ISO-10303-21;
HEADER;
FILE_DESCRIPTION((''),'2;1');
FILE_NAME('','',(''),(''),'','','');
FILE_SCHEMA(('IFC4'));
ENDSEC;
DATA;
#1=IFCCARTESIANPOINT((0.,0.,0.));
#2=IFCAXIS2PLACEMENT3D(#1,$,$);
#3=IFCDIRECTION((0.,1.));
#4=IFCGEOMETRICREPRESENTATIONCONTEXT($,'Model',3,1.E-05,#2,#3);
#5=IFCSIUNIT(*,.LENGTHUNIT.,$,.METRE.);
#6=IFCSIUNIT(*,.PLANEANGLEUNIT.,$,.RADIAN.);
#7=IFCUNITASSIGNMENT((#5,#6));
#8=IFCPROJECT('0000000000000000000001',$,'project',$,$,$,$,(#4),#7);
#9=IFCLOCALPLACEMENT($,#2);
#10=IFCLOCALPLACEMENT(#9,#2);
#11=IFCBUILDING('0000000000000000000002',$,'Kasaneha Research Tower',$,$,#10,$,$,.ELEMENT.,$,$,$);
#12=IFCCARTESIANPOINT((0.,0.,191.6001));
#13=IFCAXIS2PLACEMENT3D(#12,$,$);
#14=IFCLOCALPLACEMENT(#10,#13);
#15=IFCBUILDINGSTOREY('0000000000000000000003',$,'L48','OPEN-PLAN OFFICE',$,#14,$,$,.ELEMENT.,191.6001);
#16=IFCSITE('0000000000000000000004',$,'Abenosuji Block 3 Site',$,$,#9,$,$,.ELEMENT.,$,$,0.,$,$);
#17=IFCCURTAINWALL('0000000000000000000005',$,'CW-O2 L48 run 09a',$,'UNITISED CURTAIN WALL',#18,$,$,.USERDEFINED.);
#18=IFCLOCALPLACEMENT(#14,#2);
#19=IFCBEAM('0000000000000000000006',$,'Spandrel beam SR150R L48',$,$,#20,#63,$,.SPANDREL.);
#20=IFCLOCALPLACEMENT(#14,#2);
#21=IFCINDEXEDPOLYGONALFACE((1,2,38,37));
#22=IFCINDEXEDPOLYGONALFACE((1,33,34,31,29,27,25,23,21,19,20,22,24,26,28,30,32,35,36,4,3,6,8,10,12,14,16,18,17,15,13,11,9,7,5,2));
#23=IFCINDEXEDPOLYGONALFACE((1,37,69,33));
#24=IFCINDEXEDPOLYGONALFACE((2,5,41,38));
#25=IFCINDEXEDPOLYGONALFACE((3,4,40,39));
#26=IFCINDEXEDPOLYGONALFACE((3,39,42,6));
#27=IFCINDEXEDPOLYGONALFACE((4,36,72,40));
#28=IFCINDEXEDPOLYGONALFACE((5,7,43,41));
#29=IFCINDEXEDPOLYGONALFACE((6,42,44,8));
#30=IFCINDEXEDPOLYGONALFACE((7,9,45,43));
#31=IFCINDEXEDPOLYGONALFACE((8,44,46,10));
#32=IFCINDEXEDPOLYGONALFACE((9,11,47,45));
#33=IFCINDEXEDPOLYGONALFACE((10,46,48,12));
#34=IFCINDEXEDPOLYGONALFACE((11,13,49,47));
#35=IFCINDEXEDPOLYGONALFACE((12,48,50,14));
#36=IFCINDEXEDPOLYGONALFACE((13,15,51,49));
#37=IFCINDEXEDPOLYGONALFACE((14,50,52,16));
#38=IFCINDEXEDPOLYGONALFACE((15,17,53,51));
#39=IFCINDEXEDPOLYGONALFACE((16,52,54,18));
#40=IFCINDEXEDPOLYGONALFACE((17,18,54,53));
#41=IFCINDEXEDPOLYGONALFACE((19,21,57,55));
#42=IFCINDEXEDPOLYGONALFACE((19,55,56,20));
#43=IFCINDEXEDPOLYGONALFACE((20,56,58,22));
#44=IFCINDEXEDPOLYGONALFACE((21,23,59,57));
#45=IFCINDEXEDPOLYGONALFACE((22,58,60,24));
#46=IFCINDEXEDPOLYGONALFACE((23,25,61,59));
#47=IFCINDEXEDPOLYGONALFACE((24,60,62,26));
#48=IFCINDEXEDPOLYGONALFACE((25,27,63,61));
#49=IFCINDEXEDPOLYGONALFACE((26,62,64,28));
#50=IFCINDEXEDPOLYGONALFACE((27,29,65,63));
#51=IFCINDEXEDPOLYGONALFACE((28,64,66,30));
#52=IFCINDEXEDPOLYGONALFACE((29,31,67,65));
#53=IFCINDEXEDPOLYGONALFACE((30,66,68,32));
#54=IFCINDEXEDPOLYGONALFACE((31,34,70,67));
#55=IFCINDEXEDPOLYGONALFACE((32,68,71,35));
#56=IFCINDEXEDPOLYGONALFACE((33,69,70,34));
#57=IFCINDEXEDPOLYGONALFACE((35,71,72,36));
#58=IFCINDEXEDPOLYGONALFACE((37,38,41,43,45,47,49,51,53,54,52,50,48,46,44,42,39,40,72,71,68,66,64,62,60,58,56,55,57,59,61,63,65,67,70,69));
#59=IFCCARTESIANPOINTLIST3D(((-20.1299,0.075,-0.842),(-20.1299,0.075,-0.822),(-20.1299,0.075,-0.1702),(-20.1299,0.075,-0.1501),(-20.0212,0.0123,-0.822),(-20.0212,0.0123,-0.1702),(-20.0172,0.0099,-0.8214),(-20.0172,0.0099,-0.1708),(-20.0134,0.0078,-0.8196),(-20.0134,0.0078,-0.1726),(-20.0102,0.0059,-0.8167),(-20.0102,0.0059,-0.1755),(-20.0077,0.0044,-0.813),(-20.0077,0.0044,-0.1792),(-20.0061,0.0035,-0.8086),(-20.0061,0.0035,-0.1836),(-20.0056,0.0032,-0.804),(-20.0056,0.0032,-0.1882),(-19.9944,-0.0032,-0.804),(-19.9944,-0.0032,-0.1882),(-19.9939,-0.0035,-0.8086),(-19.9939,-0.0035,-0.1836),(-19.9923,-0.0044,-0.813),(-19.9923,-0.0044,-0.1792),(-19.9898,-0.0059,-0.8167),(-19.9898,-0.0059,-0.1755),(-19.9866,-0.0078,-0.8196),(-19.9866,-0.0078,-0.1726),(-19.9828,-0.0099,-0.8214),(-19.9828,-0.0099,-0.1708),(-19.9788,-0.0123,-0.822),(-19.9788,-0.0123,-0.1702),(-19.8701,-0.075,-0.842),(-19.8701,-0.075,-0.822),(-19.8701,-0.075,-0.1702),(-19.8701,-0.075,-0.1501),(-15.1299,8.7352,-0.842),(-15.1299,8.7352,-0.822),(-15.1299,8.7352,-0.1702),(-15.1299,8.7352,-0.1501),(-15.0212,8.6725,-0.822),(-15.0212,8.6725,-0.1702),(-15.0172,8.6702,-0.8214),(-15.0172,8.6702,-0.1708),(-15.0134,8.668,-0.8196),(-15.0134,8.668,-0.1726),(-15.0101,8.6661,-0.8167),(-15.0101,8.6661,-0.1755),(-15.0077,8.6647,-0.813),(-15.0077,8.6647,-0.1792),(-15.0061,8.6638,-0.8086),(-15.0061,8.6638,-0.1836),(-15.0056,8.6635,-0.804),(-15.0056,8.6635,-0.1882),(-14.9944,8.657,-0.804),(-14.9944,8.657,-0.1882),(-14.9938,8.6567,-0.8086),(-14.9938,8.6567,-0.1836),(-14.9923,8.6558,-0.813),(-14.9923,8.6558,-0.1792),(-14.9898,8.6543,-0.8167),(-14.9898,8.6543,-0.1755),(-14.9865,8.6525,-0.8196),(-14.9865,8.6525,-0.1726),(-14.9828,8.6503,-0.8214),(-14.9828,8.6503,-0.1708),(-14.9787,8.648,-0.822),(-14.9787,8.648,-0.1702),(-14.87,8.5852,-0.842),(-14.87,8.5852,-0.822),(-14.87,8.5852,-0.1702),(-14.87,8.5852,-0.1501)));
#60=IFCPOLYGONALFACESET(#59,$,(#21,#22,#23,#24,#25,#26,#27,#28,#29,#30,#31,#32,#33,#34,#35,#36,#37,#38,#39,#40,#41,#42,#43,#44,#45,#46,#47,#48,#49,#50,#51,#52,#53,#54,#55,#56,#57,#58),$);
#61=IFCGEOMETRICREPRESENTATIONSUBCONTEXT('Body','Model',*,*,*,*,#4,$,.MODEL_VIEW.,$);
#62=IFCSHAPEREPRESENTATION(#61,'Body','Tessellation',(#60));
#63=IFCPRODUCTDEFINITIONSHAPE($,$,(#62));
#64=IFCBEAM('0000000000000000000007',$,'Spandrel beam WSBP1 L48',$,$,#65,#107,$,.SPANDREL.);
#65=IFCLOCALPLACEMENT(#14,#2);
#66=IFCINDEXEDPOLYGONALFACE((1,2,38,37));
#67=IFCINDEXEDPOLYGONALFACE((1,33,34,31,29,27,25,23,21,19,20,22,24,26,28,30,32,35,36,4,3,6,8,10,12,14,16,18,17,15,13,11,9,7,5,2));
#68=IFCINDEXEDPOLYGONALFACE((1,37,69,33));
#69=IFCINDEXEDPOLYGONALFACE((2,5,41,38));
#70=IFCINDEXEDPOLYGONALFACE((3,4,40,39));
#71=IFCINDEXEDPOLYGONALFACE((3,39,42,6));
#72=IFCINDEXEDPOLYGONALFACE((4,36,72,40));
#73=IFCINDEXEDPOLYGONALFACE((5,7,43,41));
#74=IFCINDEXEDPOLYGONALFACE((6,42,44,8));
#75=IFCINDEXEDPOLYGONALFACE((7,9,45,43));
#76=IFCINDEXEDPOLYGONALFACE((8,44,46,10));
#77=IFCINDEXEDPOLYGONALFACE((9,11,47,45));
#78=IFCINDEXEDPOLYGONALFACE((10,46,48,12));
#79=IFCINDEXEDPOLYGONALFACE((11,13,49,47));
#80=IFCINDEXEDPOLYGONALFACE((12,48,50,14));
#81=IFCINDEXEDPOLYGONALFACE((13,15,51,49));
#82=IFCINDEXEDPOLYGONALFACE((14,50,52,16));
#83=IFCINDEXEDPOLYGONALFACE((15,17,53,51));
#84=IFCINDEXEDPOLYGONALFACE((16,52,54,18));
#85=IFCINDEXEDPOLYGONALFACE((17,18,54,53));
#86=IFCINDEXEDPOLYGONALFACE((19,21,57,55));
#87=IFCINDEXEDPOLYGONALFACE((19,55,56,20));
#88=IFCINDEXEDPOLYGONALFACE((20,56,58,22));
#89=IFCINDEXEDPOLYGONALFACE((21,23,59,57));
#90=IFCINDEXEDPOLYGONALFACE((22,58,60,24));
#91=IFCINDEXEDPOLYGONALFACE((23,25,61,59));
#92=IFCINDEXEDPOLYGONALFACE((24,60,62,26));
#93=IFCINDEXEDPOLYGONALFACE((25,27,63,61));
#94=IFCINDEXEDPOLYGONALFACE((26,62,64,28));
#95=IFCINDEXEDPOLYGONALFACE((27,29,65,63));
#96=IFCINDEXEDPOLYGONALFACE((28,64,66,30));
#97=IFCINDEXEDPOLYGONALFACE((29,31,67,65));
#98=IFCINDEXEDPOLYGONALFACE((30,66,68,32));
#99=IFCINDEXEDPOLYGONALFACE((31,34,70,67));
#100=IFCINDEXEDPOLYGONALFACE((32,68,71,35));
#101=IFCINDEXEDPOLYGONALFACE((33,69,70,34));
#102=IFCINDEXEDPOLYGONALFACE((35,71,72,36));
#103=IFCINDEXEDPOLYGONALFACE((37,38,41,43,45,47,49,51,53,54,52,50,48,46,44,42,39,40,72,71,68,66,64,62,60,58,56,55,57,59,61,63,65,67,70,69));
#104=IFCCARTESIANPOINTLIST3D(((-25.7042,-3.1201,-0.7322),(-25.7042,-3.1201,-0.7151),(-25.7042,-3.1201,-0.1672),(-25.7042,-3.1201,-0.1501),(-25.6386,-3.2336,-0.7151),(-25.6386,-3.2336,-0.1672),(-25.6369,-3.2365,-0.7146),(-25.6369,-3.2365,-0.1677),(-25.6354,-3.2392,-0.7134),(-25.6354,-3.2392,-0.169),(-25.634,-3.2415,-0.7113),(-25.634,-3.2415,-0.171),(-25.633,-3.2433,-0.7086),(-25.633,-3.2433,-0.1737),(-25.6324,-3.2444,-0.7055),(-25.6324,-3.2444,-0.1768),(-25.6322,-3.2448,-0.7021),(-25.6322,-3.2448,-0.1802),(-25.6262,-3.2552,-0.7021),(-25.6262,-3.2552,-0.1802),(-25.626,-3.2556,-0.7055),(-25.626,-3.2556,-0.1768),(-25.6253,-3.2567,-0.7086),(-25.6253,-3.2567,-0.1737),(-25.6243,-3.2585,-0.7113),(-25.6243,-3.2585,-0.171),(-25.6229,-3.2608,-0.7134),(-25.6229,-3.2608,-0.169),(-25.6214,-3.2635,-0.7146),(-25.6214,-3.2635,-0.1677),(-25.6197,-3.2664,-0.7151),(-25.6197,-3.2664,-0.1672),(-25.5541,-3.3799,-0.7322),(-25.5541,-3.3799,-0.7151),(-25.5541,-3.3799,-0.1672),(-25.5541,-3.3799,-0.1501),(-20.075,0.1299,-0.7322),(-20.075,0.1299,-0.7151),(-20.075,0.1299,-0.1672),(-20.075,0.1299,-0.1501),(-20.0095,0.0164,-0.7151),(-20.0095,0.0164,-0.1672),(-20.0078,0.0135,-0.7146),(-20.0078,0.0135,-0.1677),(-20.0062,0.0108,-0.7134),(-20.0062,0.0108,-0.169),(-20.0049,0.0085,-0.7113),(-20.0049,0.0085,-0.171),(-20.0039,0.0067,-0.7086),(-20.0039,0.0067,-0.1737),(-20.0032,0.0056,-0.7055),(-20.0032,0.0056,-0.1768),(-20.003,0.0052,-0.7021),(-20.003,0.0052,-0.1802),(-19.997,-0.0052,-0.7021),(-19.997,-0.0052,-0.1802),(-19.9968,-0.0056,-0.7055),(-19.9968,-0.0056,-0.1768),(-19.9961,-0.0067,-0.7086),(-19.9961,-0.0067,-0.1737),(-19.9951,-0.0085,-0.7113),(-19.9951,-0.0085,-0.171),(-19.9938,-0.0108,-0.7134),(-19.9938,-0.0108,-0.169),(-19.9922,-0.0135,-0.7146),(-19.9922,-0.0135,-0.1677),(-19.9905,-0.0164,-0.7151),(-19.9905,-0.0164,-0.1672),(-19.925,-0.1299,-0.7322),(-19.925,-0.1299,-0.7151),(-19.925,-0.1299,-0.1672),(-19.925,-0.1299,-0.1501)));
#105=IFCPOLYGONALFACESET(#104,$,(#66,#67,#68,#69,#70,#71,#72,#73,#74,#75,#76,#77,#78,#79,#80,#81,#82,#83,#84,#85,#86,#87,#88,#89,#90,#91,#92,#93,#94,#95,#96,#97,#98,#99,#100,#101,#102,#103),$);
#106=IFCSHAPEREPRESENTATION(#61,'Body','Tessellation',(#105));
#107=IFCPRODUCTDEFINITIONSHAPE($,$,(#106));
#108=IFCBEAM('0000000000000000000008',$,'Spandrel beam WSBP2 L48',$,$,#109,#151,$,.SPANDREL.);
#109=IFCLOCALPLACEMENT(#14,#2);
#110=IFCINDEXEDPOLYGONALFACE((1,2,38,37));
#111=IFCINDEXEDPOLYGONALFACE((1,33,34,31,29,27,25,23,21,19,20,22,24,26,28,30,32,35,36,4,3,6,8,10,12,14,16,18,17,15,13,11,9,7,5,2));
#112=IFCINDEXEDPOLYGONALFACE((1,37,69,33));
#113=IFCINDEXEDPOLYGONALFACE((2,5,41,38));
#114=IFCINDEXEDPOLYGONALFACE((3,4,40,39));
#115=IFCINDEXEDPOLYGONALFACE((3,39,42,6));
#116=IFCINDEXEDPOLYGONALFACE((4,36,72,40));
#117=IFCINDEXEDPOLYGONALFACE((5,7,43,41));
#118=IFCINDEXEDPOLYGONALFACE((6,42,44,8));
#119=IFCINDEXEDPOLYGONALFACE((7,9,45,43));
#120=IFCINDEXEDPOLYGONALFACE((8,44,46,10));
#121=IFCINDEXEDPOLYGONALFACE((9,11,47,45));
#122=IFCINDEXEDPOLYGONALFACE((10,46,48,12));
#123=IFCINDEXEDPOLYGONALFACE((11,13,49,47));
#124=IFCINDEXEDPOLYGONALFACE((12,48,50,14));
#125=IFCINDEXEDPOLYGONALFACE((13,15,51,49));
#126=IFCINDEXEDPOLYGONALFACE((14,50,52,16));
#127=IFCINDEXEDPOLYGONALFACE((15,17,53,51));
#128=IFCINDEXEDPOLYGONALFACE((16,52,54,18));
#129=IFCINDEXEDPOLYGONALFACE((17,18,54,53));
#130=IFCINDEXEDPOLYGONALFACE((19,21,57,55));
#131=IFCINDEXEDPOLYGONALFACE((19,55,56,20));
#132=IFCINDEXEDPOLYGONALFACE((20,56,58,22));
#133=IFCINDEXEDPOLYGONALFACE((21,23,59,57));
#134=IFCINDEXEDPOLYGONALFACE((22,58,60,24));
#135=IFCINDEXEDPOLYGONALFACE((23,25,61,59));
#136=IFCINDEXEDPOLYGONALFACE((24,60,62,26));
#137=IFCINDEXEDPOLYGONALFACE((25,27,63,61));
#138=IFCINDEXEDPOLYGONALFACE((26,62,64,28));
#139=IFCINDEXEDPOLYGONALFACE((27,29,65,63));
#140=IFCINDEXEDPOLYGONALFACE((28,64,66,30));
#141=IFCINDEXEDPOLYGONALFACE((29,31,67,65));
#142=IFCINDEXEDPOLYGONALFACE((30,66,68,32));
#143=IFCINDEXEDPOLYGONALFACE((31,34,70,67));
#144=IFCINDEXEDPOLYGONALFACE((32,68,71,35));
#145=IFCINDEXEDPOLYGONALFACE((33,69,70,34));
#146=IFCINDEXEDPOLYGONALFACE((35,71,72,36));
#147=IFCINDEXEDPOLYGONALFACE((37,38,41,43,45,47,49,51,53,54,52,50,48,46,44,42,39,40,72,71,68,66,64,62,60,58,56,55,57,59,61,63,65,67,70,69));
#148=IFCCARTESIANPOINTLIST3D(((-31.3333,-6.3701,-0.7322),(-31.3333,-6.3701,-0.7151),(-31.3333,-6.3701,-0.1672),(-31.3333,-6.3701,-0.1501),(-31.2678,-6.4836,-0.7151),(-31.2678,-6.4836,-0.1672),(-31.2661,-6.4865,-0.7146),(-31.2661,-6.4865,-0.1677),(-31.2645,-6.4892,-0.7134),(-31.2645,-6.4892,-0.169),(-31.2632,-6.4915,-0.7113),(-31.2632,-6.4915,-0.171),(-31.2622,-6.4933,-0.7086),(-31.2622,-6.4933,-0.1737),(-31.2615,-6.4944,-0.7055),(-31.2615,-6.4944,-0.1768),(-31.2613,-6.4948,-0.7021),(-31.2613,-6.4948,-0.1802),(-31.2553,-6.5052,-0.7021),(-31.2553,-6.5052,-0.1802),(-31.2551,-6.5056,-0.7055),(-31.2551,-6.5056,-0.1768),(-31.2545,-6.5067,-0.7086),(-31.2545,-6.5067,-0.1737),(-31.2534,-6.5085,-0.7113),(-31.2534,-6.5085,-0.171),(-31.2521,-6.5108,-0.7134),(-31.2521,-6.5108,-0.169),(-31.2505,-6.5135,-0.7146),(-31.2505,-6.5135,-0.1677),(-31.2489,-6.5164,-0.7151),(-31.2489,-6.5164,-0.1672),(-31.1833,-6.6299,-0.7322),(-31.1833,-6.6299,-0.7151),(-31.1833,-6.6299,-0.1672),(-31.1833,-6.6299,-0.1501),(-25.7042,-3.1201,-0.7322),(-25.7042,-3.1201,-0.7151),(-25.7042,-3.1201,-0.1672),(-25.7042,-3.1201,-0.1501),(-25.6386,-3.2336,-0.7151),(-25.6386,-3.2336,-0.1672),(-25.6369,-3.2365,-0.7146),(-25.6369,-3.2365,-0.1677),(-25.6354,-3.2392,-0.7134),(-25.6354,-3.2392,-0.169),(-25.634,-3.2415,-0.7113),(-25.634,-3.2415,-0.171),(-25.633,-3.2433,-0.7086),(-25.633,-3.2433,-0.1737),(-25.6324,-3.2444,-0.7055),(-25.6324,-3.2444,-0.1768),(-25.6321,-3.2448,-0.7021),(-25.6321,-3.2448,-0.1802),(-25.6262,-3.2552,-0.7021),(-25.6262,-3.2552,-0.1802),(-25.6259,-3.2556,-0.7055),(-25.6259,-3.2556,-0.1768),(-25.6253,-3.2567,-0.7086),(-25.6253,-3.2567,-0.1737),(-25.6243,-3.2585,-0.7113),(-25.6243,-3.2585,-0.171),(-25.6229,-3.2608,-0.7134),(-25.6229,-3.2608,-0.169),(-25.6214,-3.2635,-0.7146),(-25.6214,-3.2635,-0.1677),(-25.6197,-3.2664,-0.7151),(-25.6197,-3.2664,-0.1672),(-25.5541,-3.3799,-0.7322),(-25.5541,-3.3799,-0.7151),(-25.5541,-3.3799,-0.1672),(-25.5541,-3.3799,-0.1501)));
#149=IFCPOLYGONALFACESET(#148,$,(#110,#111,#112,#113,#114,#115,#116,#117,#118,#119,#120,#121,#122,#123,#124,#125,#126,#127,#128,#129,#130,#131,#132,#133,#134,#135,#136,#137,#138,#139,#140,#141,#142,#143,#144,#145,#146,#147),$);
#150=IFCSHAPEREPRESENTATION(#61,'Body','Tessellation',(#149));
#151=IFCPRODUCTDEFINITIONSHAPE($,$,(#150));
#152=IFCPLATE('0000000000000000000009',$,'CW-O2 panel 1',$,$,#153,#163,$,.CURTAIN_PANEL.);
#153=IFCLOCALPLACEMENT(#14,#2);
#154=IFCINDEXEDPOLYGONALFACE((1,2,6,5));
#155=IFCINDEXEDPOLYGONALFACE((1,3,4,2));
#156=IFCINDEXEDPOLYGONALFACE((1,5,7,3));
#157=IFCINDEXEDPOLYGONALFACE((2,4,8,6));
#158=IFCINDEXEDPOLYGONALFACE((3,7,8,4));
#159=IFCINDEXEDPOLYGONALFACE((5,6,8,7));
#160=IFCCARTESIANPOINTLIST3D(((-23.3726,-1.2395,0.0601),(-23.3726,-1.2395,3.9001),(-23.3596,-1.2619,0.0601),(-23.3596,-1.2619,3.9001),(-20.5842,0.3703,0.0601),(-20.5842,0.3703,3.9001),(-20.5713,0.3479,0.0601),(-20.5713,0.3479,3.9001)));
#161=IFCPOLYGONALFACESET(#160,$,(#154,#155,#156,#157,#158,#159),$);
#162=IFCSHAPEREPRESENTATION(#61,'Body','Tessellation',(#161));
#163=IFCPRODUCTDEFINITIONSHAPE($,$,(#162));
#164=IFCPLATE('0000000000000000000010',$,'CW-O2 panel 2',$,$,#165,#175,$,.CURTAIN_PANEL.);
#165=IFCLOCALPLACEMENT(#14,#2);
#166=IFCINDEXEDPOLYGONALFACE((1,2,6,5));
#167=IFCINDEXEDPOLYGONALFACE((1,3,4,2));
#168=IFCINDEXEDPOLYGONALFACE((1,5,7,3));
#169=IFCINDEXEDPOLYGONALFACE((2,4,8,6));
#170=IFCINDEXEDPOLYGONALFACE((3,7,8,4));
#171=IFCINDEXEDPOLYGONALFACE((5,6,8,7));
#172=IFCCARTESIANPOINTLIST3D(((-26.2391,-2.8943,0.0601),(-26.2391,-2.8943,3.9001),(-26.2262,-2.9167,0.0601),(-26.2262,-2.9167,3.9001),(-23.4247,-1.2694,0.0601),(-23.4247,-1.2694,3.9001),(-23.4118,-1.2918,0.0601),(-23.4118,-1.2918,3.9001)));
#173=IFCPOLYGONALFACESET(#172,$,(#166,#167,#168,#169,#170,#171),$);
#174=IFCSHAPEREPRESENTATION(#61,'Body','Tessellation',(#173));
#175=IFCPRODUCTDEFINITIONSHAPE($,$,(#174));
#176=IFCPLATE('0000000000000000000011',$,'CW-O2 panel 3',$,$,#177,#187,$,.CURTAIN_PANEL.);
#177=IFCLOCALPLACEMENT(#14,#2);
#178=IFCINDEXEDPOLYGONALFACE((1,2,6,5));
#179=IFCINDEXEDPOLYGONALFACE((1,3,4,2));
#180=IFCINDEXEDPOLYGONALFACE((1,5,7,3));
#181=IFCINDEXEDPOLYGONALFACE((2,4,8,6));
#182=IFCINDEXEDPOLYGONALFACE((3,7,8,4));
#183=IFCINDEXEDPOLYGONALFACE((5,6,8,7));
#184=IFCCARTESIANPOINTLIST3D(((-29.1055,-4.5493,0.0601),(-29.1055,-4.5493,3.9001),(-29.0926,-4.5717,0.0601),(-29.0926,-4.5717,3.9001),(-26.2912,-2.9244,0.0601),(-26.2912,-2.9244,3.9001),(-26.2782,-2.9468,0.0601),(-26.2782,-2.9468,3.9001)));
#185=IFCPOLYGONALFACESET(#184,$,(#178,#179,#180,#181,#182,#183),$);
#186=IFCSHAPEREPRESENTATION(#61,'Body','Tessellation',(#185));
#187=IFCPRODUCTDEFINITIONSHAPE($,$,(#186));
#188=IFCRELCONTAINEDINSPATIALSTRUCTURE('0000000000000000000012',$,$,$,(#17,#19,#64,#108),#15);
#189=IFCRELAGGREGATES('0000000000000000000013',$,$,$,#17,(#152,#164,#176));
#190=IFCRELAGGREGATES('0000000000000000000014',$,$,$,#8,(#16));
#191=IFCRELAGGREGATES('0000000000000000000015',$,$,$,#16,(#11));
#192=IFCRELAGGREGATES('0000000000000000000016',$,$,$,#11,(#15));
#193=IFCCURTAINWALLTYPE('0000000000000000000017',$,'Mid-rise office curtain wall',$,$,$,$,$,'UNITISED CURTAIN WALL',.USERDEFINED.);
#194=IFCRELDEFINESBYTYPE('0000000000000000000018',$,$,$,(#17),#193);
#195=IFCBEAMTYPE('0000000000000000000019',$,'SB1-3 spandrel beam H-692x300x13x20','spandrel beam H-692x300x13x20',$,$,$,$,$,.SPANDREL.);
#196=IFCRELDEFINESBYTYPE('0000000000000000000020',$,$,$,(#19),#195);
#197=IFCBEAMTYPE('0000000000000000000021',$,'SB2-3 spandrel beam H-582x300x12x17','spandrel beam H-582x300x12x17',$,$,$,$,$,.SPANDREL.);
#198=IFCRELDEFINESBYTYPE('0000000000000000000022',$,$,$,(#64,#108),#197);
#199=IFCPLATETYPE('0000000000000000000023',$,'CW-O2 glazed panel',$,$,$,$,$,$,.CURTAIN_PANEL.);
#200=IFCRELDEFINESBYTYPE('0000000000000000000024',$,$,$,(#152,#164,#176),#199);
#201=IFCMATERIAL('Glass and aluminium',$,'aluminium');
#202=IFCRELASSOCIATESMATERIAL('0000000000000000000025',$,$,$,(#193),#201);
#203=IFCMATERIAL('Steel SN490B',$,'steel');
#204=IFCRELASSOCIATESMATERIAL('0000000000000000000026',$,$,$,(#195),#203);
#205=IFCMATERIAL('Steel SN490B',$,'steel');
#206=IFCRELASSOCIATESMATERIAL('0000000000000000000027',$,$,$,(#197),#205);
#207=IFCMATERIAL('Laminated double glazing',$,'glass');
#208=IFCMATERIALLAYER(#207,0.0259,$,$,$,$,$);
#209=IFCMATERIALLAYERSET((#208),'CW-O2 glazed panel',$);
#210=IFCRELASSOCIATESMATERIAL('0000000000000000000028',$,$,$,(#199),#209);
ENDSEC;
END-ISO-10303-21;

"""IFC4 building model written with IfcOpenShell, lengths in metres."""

from ifc_helpers import new_model, si_unit, direction, frame, origin, origin_2d, place, context, subcontext, project, spatial, rectangle, i_section, extrude, material, layer, layer_set, material_profile, profile_set, type_object, element, aggregate, save


model = new_model("IFC4")

# Units and contexts
model_context = context("Model", 3, precision=1e-05, world=origin(), true_north=direction((0.0, 1.0)))
body_context = subcontext(model_context, "Body", "Model", "MODEL_VIEW")
ifc_project = project(units=[si_unit("LENGTHUNIT", "METRE"), si_unit("PLANEANGLEUNIT", "RADIAN")], contexts=[model_context])

# Site, building, storey
site_placement = place(None, origin())
site = spatial("IfcSite", under=ifc_project, at=site_placement, Name="Abenosuji Block 3 Site", CompositionType="ELEMENT", RefElevation=0.0)
building_placement = place(site_placement, origin())
building = spatial("IfcBuilding", under=site, at=building_placement, Name="Kasaneha Research Tower", CompositionType="ELEMENT")
storey_placement = place(building_placement, frame((0.0, 0.0, 191.6001)))
storey = spatial("IfcBuildingStorey", under=building, at=storey_placement, Name="L48", Description="OPEN-PLAN OFFICE", CompositionType="ELEMENT", Elevation=191.6001)

# Shared definitions
ifc_material_1 = material(Name="Glass and aluminium", Category="aluminium")
curtain_wall_type = type_object("IfcCurtainWallType", Name="Mid-rise office curtain wall", ElementType="UNITISED CURTAIN WALL", PredefinedType="USERDEFINED", material=ifc_material_1)

# Curtain wall
curtain_wall_1_placement = place(storey_placement, origin())
curtain_wall_1 = element("IfcCurtainWall", 1, at=curtain_wall_1_placement, inside=storey, type_object=curtain_wall_type, Name="CW-O2 L48 run 09a", ObjectType="UNITISED CURTAIN WALL", PredefinedType="USERDEFINED")

# Beams
ifc_material_2 = material(Name="Steel SN490B", Category="steel")
ifc_material_profile_1 = material_profile(ifc_material_2, i_section(OverallWidth=0.3, OverallDepth=0.6919, WebThickness=0.0129, FlangeThickness=0.02, FilletRadius=0.0181, at=origin_2d()), Name="H-692x300x13x20")
ifc_profile_set_1 = profile_set([ifc_material_profile_1], Name="Steel SN490B")
beam_type_1 = type_object("IfcBeamType", Name="SB1-3 spandrel beam H-692x300x13x20", Description="spandrel beam H-692x300x13x20", PredefinedType="SPANDREL", material=ifc_profile_set_1)
beam_1_placement = place(storey_placement, frame((-20.0, 0.0, -0.4961), z_axis=(0.500004, 0.866023, 0.0), x_axis=(-0.866023, 0.500004, 0.0)))
element("IfcBeam", 2, at=beam_1_placement, inside=storey, type_object=beam_type_1, Name="Spandrel beam SR150R L48", PredefinedType="SPANDREL", context=body_context, shape_type="SweptSolid", body=[
    extrude(i_section(OverallWidth=0.3, OverallDepth=0.6919, WebThickness=0.0129, FlangeThickness=0.02, FilletRadius=0.0181, at=origin_2d()), origin(), (0.0, 0.0, 1.0), 10.0),
])
ifc_material_3 = material(Name="Steel SN490B", Category="steel")
ifc_material_profile_2 = material_profile(ifc_material_3, i_section(OverallWidth=0.3, OverallDepth=0.582, WebThickness=0.012, FlangeThickness=0.0171, FilletRadius=0.0129, at=origin_2d()), Name="H-582x300x12x17")
ifc_profile_set_2 = profile_set([ifc_material_profile_2], Name="Steel SN490B")
beam_type_2 = type_object("IfcBeamType", Name="SB2-3 spandrel beam H-582x300x12x17", Description="spandrel beam H-582x300x12x17", PredefinedType="SPANDREL", material=ifc_profile_set_2)
for number, where, z_axis, x_axis, name in (
    (3, (-20.0, 0.0, -0.4412), (-0.866025, -0.500001, 0.0), (0.500001, -0.866025, 0.0), "Spandrel beam WSBP1 L48"),
    (4, (-25.6292, -3.25, -0.4412), (-0.866025, -0.500001, 0.0), (0.500001, -0.866025, 0.0), "Spandrel beam WSBP2 L48"),
):
    element("IfcBeam", number, at=place(storey_placement, frame(where, z_axis=z_axis, x_axis=x_axis)), inside=storey, type_object=beam_type_2, Name=name, PredefinedType="SPANDREL", context=body_context, shape_type="SweptSolid", body=[
        extrude(i_section(OverallWidth=0.3, OverallDepth=0.582, WebThickness=0.012, FlangeThickness=0.0171, FilletRadius=0.0129, at=origin_2d()), origin(), (0.0, 0.0, 1.0), 6.5),
    ])

# Plates
ifc_material_4 = material(Name="Laminated double glazing", Category="glass")
ifc_layer_1 = layer(ifc_material_4, 0.0259)
ifc_layer_set_1 = layer_set([ifc_layer_1], Name="CW-O2 glazed panel")
plate_type = type_object("IfcPlateType", Name="CW-O2 glazed panel", PredefinedType="CURTAIN_PANEL", material=ifc_layer_set_1)
plate_1_placement = place(storey_placement, frame((-21.9719, -0.4458, 0.0601), z_axis=(0.0, 0.0, 1.0), x_axis=(-0.866025, -0.5, 0.0)))
plate_1 = element("IfcPlate", 5, at=plate_1_placement, type_object=plate_type, Name="CW-O2 panel 1", PredefinedType="CURTAIN_PANEL", context=body_context, shape_type="SweptSolid", body=[
    extrude(rectangle(XDim=3.2197, YDim=0.0259, at=origin_2d()), origin(), (0.0, 0.0, 1.0), 3.8401),
])
plate_2_placement = place(storey_placement, frame((-24.8254, -2.093, 0.0601), z_axis=(0.0, 0.0, 1.0), x_axis=(-0.866025, -0.5, 0.0)))
plate_2 = element("IfcPlate", 6, at=plate_2_placement, type_object=plate_type, Name="CW-O2 panel 2", PredefinedType="CURTAIN_PANEL", context=body_context, shape_type="SweptSolid", body=[
    extrude(rectangle(XDim=3.2498, YDim=0.0259, at=origin_2d()), origin(), (0.0, 0.0, 1.0), 3.8401),
])
plate_3_placement = place(storey_placement, frame((-27.6919, -3.748, 0.0601), z_axis=(0.0, 0.0, 1.0), x_axis=(-0.866025, -0.5, 0.0)))
plate_3 = element("IfcPlate", 7, at=plate_3_placement, type_object=plate_type, Name="CW-O2 panel 3", PredefinedType="CURTAIN_PANEL", context=body_context, shape_type="SweptSolid", body=[
    extrude(rectangle(XDim=3.2498, YDim=0.0259, at=origin_2d()), origin(), (0.0, 0.0, 1.0), 3.8401),
])
aggregate(curtain_wall_1, [plate_1, plate_2, plate_3])

save(model, "model.ifc")
